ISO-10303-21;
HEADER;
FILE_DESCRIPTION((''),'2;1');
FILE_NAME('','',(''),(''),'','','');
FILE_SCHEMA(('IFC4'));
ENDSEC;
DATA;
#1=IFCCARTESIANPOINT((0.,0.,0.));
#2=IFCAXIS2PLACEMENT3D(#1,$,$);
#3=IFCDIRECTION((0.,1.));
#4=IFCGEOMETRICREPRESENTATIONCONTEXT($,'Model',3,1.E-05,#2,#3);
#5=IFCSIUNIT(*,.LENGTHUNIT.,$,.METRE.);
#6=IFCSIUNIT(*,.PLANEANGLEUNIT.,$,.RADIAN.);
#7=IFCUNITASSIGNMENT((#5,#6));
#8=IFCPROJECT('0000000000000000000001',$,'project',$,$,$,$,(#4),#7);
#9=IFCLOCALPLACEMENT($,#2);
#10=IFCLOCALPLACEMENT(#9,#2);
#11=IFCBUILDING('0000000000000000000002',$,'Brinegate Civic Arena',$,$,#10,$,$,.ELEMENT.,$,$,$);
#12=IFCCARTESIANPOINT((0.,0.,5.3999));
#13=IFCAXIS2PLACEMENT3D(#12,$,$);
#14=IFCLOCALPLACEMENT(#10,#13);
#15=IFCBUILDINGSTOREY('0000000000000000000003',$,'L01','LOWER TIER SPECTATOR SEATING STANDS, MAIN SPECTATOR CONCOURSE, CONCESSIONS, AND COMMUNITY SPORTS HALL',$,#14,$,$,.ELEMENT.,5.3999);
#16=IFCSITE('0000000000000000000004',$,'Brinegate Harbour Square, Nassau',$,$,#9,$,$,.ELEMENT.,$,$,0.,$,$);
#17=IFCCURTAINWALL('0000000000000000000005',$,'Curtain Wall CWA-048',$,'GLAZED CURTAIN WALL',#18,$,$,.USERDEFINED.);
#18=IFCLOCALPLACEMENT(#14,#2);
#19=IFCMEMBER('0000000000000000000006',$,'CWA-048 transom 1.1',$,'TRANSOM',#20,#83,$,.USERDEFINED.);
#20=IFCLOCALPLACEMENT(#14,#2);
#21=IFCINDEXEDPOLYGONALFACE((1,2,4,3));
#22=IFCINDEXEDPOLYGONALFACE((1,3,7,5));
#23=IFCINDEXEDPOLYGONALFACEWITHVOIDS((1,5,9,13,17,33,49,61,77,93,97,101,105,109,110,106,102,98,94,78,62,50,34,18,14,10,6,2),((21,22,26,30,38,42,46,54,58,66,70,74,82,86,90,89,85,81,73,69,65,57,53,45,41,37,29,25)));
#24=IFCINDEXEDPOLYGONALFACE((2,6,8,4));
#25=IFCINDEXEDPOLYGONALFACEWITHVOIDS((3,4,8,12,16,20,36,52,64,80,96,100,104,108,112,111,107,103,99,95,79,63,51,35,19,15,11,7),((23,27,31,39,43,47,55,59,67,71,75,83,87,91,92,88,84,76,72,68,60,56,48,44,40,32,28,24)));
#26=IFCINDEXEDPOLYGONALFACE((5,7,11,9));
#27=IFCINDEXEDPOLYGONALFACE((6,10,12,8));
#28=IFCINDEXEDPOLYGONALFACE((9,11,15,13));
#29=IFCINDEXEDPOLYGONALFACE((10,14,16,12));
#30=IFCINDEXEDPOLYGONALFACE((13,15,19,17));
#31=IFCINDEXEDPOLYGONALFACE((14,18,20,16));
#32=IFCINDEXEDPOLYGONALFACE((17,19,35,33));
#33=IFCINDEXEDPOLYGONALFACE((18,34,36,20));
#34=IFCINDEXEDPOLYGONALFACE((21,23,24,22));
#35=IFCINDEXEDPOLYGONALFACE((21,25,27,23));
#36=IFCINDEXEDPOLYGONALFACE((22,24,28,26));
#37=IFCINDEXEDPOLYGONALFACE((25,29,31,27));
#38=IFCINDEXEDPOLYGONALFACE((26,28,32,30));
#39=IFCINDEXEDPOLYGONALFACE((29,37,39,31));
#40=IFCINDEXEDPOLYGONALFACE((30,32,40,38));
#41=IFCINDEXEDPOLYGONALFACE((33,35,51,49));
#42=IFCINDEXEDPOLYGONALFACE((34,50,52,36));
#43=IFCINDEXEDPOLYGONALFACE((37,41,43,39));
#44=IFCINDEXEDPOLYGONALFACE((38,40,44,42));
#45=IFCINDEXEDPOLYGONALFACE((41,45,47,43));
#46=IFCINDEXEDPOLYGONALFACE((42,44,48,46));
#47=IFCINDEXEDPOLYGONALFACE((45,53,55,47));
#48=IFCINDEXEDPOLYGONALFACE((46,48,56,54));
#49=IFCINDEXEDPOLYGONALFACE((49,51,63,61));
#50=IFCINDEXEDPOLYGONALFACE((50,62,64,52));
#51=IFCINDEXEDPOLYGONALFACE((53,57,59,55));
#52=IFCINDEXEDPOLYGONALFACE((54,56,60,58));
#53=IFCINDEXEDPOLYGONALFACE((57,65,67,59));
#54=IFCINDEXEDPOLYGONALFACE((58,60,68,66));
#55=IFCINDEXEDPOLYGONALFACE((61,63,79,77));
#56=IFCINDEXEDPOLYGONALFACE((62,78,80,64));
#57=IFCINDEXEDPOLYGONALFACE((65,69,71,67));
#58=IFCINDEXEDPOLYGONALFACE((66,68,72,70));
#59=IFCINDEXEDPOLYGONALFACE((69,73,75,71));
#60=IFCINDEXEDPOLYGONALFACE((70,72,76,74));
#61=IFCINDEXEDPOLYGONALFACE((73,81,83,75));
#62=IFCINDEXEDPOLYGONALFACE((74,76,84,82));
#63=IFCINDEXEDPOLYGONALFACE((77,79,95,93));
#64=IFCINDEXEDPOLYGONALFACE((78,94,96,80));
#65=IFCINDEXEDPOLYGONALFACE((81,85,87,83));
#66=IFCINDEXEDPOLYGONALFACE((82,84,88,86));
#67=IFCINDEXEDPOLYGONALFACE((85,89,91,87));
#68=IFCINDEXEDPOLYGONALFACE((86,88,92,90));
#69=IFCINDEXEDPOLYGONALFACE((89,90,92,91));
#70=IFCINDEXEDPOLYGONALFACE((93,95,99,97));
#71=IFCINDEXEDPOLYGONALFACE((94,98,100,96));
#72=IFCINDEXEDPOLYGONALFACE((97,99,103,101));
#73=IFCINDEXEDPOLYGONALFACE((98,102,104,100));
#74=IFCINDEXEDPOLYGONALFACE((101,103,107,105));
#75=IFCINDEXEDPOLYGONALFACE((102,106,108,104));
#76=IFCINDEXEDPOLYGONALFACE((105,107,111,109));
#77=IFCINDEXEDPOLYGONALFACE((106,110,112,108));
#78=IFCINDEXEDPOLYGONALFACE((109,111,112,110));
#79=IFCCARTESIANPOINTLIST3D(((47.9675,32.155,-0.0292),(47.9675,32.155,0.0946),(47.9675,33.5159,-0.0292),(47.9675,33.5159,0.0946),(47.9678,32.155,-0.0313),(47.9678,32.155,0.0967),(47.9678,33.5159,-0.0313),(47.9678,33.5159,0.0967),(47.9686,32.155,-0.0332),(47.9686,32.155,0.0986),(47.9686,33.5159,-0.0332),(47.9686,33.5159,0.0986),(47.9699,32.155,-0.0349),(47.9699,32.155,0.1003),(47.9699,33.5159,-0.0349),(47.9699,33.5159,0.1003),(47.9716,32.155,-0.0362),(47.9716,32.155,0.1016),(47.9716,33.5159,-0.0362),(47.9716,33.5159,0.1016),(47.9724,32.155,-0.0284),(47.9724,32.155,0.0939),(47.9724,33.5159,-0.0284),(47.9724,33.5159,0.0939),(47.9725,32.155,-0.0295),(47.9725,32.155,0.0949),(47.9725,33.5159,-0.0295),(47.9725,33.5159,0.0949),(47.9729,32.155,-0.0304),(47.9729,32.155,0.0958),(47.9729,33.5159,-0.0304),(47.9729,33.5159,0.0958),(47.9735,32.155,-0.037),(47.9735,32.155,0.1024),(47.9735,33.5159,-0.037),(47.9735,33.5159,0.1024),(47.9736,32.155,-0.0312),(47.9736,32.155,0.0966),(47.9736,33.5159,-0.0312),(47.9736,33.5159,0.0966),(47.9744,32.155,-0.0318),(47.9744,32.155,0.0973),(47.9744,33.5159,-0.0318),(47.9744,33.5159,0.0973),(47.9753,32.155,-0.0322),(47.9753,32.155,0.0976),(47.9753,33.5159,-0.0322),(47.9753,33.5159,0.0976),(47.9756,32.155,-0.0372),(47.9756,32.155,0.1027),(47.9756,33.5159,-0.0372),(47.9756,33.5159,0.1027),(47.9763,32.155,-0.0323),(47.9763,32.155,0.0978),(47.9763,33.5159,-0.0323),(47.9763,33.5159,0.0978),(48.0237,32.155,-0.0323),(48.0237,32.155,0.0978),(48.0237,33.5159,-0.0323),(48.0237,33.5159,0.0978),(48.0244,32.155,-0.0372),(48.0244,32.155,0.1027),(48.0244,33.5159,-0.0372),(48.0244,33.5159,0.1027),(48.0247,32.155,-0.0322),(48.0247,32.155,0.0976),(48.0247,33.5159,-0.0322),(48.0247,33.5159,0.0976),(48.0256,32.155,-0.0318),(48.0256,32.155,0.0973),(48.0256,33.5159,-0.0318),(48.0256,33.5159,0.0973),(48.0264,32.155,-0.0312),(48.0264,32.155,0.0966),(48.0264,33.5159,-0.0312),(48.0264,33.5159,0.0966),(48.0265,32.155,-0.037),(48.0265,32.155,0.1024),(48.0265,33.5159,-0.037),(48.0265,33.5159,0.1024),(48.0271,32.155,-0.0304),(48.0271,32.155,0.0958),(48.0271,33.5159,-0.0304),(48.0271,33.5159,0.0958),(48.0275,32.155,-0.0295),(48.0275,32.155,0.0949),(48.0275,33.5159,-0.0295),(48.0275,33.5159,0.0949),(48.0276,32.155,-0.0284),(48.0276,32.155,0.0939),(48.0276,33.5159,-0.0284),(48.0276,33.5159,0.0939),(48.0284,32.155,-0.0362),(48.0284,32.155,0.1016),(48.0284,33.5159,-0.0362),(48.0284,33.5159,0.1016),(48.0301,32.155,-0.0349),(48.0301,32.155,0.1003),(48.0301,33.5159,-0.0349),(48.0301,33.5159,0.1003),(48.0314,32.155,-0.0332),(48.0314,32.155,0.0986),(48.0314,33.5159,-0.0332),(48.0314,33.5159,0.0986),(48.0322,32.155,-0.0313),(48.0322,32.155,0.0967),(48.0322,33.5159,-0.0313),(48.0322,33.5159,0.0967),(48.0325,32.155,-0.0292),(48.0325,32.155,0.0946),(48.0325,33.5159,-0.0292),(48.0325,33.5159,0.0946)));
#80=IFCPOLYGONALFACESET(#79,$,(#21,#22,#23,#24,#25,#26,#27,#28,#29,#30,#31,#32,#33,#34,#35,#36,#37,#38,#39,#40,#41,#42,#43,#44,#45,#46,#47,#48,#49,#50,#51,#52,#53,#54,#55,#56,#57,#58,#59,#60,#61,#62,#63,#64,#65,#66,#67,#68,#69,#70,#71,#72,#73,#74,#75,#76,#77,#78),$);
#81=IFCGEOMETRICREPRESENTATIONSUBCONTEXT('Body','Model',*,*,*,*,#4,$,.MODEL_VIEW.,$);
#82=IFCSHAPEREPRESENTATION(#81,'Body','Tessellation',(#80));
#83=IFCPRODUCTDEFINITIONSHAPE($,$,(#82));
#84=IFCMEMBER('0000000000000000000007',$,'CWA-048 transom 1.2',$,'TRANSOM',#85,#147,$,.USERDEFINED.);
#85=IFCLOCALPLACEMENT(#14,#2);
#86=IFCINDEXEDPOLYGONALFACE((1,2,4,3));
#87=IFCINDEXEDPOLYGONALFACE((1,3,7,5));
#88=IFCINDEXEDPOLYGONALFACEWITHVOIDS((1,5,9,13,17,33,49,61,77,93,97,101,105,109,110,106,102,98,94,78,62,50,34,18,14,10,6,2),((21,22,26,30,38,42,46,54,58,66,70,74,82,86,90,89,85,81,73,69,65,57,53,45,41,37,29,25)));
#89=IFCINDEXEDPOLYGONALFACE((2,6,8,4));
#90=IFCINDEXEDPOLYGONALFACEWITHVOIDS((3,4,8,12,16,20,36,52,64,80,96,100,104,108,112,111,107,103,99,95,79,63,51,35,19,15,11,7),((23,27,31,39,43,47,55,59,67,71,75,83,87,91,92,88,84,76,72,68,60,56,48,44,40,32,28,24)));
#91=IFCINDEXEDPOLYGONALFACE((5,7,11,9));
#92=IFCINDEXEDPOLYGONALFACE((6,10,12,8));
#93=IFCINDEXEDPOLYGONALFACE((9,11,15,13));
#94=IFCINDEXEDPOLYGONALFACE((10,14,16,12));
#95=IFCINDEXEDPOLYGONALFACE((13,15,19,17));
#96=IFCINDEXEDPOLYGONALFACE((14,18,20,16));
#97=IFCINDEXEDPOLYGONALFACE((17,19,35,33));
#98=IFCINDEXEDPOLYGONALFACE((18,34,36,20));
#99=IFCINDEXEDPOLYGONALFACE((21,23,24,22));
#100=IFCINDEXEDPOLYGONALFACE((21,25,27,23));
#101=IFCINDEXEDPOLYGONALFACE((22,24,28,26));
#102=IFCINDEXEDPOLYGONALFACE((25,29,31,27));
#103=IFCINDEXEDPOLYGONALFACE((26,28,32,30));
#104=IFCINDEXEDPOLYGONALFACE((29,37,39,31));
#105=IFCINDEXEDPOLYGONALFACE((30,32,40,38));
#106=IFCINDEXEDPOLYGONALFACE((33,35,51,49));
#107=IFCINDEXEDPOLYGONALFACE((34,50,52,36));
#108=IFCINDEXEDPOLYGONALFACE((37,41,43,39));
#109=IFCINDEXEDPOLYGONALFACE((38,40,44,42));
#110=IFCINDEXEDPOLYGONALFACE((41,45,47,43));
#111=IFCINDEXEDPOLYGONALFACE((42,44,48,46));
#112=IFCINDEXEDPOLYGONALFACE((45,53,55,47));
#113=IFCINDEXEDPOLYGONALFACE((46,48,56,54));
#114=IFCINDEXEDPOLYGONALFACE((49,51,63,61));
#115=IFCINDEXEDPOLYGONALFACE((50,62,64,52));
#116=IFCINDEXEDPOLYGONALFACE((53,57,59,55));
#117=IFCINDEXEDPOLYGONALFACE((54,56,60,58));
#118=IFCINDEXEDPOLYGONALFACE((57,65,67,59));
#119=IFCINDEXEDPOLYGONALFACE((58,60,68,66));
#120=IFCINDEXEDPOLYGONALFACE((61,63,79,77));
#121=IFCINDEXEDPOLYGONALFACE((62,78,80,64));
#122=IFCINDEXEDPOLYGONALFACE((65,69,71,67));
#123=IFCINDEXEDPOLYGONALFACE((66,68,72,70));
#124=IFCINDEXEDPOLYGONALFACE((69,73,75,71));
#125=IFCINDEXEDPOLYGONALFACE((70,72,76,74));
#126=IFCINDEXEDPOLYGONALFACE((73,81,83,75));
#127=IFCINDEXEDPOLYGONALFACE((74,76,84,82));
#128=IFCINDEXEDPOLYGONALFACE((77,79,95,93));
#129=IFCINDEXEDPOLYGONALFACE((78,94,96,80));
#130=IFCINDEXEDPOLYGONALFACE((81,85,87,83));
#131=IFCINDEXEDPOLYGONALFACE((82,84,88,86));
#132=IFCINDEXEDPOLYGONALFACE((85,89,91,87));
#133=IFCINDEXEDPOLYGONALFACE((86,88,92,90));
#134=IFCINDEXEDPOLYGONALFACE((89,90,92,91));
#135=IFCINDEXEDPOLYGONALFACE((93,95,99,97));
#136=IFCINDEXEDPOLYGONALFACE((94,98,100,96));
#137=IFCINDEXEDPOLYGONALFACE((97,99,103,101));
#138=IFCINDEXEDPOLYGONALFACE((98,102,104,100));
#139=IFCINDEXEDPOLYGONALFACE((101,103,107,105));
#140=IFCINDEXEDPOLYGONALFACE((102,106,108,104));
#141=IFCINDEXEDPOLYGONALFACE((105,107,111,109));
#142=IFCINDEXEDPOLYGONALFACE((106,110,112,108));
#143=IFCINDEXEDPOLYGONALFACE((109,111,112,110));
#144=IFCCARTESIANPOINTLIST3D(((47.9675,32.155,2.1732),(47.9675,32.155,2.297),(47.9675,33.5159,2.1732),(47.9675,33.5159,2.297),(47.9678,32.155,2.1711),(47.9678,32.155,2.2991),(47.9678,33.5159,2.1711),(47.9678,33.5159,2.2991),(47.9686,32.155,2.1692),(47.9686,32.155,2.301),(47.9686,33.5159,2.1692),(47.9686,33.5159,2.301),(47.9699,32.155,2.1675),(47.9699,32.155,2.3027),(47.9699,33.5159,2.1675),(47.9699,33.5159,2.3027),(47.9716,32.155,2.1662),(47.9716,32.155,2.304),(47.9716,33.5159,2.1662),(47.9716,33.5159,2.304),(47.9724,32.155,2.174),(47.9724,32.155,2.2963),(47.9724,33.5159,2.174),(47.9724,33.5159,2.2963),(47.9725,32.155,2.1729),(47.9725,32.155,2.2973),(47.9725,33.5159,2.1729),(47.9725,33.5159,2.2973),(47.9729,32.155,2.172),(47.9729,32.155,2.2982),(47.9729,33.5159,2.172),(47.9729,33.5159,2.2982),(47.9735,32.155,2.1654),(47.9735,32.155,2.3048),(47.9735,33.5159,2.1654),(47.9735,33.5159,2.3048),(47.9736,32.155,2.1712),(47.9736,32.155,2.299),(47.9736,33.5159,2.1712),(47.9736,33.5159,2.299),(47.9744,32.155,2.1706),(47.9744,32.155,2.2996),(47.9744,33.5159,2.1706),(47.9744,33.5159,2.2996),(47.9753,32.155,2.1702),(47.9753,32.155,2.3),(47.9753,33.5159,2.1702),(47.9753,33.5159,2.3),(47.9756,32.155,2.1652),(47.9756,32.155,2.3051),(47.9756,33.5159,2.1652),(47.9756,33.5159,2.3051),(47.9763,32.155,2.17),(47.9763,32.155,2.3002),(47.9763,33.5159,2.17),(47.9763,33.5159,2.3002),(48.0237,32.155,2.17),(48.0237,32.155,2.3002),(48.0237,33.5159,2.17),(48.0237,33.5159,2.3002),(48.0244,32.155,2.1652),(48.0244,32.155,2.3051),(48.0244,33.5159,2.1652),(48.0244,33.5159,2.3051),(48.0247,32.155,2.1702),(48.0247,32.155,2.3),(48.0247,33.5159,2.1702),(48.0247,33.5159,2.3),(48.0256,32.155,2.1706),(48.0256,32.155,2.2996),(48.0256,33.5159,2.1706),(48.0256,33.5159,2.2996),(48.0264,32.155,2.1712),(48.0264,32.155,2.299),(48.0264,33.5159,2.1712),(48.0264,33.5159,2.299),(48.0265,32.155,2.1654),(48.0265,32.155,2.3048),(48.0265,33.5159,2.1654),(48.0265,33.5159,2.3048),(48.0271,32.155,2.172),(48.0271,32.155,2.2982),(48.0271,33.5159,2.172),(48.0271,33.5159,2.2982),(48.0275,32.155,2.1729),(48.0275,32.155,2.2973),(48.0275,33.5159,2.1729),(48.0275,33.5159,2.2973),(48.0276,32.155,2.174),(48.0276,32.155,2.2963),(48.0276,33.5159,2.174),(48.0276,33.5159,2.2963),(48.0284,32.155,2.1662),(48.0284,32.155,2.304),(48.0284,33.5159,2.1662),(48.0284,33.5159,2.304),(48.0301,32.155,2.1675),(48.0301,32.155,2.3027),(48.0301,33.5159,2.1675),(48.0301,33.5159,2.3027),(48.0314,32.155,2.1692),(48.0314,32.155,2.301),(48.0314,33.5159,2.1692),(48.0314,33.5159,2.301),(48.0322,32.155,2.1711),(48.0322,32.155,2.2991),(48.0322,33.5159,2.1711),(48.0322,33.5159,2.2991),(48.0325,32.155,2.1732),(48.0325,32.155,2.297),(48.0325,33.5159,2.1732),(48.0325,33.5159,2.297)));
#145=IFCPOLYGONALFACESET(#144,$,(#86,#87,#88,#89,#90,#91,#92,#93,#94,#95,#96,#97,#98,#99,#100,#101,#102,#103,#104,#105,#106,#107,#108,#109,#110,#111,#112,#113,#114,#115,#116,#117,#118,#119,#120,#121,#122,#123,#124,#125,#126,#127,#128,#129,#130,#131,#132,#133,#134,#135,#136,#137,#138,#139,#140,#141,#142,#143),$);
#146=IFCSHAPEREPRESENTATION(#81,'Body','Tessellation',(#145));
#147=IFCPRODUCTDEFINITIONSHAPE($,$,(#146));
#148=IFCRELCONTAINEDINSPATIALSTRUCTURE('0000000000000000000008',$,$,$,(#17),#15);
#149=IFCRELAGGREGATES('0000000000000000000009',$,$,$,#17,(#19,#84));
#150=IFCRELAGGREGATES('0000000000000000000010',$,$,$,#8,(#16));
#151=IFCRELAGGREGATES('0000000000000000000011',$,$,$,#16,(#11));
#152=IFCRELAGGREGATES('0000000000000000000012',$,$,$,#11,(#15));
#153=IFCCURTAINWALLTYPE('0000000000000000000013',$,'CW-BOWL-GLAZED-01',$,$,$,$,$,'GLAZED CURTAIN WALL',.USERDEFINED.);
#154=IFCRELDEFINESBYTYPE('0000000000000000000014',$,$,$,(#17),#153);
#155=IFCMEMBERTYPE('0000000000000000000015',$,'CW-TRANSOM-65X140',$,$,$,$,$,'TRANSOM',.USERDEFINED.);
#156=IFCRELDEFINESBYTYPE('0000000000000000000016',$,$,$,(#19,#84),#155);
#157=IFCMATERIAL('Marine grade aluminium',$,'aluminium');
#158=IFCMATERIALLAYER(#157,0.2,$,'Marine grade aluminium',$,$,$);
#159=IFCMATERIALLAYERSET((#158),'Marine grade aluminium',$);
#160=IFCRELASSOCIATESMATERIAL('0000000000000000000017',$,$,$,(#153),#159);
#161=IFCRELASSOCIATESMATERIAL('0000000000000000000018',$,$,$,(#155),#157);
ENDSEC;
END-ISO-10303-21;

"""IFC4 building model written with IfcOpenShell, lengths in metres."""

from ifc_helpers import new_model, si_unit, direction, frame, origin, origin_2d, place, context, subcontext, project, spatial, hollow_rectangle, extrude, material, layer, layer_set, material_profile, profile_set, type_object, element, aggregate, save


model = new_model("IFC4")

# Units and contexts
model_context = context("Model", 3, precision=1e-05, world=origin(), true_north=direction((0.0, 1.0)))
body_context = subcontext(model_context, "Body", "Model", "MODEL_VIEW")
ifc_project = project(units=[si_unit("LENGTHUNIT", "METRE"), si_unit("PLANEANGLEUNIT", "RADIAN")], contexts=[model_context])

# Site, building, storey
site_placement = place(None, origin())
site = spatial("IfcSite", under=ifc_project, at=site_placement, Name="Brinegate Harbour Square, Nassau", CompositionType="ELEMENT", RefElevation=0.0)
building_placement = place(site_placement, origin())
building = spatial("IfcBuilding", under=site, at=building_placement, Name="Brinegate Civic Arena", CompositionType="ELEMENT")
storey_placement = place(building_placement, frame((0.0, 0.0, 5.3999)))
storey = spatial("IfcBuildingStorey", under=building, at=storey_placement, Name="L01", Description="LOWER TIER SPECTATOR SEATING STANDS, MAIN SPECTATOR CONCOURSE, CONCESSIONS, AND COMMUNITY SPORTS HALL", CompositionType="ELEMENT", Elevation=5.3999)

# Curtain wall, members
ifc_material_1 = material(Name="Marine grade aluminium", Category="aluminium")
ifc_layer_1 = layer(ifc_material_1, 0.2, Name="Marine grade aluminium")
ifc_layer_set_1 = layer_set([ifc_layer_1], Name="Marine grade aluminium")
curtain_wall_type = type_object("IfcCurtainWallType", Name="CW-BOWL-GLAZED-01", ElementType="GLAZED CURTAIN WALL", PredefinedType="USERDEFINED", material=ifc_layer_set_1)
curtain_wall_1_placement = place(storey_placement, origin())
curtain_wall_1 = element("IfcCurtainWall", 1, at=curtain_wall_1_placement, inside=storey, type_object=curtain_wall_type, Name="Curtain Wall CWA-048", ObjectType="GLAZED CURTAIN WALL", PredefinedType="USERDEFINED")
ifc_material_profile_1 = material_profile(ifc_material_1, hollow_rectangle(XDim=0.0649, YDim=0.1399, WallThickness=0.0049, InnerFilletRadius=0.0039, OuterFilletRadius=0.0081, at=origin_2d()), Name="TRN65X140")
ifc_profile_set_1 = profile_set([ifc_material_profile_1], Name="Marine grade aluminium")
member_type_1 = type_object("IfcMemberType", Name="CW-TRANSOM-65X140", ElementType="TRANSOM", PredefinedType="USERDEFINED", material=ifc_profile_set_1)
member_1_placement = place(storey_placement, frame((48.0, 32.155, 0.0327), z_axis=(0.0, 1.0, 0.0), x_axis=(-1.0, 0.0, 0.0)))
member_1 = element("IfcMember", 2, at=member_1_placement, type_object=member_type_1, Name="CWA-048 transom 1.1", ObjectType="TRANSOM", PredefinedType="USERDEFINED", context=body_context, shape_type="SweptSolid", body=[
    extrude(hollow_rectangle(XDim=0.0649, YDim=0.1399, WallThickness=0.0049, InnerFilletRadius=0.0039, OuterFilletRadius=0.0081, at=origin_2d()), origin(), (0.0, 0.0, 1.0), 1.3608),
])
member_2_placement = place(storey_placement, frame((48.0, 32.155, 2.2351), z_axis=(0.0, 1.0, 0.0), x_axis=(-1.0, 0.0, 0.0)))
member_2 = element("IfcMember", 3, at=member_2_placement, type_object=member_type_1, Name="CWA-048 transom 1.2", ObjectType="TRANSOM", PredefinedType="USERDEFINED", context=body_context, shape_type="SweptSolid", body=[
    extrude(hollow_rectangle(XDim=0.0649, YDim=0.1399, WallThickness=0.0049, InnerFilletRadius=0.0039, OuterFilletRadius=0.0081, at=origin_2d()), origin(), (0.0, 0.0, 1.0), 1.3608),
])

aggregate(curtain_wall_1, [member_1, member_2])

save(model, "model.ifc")
